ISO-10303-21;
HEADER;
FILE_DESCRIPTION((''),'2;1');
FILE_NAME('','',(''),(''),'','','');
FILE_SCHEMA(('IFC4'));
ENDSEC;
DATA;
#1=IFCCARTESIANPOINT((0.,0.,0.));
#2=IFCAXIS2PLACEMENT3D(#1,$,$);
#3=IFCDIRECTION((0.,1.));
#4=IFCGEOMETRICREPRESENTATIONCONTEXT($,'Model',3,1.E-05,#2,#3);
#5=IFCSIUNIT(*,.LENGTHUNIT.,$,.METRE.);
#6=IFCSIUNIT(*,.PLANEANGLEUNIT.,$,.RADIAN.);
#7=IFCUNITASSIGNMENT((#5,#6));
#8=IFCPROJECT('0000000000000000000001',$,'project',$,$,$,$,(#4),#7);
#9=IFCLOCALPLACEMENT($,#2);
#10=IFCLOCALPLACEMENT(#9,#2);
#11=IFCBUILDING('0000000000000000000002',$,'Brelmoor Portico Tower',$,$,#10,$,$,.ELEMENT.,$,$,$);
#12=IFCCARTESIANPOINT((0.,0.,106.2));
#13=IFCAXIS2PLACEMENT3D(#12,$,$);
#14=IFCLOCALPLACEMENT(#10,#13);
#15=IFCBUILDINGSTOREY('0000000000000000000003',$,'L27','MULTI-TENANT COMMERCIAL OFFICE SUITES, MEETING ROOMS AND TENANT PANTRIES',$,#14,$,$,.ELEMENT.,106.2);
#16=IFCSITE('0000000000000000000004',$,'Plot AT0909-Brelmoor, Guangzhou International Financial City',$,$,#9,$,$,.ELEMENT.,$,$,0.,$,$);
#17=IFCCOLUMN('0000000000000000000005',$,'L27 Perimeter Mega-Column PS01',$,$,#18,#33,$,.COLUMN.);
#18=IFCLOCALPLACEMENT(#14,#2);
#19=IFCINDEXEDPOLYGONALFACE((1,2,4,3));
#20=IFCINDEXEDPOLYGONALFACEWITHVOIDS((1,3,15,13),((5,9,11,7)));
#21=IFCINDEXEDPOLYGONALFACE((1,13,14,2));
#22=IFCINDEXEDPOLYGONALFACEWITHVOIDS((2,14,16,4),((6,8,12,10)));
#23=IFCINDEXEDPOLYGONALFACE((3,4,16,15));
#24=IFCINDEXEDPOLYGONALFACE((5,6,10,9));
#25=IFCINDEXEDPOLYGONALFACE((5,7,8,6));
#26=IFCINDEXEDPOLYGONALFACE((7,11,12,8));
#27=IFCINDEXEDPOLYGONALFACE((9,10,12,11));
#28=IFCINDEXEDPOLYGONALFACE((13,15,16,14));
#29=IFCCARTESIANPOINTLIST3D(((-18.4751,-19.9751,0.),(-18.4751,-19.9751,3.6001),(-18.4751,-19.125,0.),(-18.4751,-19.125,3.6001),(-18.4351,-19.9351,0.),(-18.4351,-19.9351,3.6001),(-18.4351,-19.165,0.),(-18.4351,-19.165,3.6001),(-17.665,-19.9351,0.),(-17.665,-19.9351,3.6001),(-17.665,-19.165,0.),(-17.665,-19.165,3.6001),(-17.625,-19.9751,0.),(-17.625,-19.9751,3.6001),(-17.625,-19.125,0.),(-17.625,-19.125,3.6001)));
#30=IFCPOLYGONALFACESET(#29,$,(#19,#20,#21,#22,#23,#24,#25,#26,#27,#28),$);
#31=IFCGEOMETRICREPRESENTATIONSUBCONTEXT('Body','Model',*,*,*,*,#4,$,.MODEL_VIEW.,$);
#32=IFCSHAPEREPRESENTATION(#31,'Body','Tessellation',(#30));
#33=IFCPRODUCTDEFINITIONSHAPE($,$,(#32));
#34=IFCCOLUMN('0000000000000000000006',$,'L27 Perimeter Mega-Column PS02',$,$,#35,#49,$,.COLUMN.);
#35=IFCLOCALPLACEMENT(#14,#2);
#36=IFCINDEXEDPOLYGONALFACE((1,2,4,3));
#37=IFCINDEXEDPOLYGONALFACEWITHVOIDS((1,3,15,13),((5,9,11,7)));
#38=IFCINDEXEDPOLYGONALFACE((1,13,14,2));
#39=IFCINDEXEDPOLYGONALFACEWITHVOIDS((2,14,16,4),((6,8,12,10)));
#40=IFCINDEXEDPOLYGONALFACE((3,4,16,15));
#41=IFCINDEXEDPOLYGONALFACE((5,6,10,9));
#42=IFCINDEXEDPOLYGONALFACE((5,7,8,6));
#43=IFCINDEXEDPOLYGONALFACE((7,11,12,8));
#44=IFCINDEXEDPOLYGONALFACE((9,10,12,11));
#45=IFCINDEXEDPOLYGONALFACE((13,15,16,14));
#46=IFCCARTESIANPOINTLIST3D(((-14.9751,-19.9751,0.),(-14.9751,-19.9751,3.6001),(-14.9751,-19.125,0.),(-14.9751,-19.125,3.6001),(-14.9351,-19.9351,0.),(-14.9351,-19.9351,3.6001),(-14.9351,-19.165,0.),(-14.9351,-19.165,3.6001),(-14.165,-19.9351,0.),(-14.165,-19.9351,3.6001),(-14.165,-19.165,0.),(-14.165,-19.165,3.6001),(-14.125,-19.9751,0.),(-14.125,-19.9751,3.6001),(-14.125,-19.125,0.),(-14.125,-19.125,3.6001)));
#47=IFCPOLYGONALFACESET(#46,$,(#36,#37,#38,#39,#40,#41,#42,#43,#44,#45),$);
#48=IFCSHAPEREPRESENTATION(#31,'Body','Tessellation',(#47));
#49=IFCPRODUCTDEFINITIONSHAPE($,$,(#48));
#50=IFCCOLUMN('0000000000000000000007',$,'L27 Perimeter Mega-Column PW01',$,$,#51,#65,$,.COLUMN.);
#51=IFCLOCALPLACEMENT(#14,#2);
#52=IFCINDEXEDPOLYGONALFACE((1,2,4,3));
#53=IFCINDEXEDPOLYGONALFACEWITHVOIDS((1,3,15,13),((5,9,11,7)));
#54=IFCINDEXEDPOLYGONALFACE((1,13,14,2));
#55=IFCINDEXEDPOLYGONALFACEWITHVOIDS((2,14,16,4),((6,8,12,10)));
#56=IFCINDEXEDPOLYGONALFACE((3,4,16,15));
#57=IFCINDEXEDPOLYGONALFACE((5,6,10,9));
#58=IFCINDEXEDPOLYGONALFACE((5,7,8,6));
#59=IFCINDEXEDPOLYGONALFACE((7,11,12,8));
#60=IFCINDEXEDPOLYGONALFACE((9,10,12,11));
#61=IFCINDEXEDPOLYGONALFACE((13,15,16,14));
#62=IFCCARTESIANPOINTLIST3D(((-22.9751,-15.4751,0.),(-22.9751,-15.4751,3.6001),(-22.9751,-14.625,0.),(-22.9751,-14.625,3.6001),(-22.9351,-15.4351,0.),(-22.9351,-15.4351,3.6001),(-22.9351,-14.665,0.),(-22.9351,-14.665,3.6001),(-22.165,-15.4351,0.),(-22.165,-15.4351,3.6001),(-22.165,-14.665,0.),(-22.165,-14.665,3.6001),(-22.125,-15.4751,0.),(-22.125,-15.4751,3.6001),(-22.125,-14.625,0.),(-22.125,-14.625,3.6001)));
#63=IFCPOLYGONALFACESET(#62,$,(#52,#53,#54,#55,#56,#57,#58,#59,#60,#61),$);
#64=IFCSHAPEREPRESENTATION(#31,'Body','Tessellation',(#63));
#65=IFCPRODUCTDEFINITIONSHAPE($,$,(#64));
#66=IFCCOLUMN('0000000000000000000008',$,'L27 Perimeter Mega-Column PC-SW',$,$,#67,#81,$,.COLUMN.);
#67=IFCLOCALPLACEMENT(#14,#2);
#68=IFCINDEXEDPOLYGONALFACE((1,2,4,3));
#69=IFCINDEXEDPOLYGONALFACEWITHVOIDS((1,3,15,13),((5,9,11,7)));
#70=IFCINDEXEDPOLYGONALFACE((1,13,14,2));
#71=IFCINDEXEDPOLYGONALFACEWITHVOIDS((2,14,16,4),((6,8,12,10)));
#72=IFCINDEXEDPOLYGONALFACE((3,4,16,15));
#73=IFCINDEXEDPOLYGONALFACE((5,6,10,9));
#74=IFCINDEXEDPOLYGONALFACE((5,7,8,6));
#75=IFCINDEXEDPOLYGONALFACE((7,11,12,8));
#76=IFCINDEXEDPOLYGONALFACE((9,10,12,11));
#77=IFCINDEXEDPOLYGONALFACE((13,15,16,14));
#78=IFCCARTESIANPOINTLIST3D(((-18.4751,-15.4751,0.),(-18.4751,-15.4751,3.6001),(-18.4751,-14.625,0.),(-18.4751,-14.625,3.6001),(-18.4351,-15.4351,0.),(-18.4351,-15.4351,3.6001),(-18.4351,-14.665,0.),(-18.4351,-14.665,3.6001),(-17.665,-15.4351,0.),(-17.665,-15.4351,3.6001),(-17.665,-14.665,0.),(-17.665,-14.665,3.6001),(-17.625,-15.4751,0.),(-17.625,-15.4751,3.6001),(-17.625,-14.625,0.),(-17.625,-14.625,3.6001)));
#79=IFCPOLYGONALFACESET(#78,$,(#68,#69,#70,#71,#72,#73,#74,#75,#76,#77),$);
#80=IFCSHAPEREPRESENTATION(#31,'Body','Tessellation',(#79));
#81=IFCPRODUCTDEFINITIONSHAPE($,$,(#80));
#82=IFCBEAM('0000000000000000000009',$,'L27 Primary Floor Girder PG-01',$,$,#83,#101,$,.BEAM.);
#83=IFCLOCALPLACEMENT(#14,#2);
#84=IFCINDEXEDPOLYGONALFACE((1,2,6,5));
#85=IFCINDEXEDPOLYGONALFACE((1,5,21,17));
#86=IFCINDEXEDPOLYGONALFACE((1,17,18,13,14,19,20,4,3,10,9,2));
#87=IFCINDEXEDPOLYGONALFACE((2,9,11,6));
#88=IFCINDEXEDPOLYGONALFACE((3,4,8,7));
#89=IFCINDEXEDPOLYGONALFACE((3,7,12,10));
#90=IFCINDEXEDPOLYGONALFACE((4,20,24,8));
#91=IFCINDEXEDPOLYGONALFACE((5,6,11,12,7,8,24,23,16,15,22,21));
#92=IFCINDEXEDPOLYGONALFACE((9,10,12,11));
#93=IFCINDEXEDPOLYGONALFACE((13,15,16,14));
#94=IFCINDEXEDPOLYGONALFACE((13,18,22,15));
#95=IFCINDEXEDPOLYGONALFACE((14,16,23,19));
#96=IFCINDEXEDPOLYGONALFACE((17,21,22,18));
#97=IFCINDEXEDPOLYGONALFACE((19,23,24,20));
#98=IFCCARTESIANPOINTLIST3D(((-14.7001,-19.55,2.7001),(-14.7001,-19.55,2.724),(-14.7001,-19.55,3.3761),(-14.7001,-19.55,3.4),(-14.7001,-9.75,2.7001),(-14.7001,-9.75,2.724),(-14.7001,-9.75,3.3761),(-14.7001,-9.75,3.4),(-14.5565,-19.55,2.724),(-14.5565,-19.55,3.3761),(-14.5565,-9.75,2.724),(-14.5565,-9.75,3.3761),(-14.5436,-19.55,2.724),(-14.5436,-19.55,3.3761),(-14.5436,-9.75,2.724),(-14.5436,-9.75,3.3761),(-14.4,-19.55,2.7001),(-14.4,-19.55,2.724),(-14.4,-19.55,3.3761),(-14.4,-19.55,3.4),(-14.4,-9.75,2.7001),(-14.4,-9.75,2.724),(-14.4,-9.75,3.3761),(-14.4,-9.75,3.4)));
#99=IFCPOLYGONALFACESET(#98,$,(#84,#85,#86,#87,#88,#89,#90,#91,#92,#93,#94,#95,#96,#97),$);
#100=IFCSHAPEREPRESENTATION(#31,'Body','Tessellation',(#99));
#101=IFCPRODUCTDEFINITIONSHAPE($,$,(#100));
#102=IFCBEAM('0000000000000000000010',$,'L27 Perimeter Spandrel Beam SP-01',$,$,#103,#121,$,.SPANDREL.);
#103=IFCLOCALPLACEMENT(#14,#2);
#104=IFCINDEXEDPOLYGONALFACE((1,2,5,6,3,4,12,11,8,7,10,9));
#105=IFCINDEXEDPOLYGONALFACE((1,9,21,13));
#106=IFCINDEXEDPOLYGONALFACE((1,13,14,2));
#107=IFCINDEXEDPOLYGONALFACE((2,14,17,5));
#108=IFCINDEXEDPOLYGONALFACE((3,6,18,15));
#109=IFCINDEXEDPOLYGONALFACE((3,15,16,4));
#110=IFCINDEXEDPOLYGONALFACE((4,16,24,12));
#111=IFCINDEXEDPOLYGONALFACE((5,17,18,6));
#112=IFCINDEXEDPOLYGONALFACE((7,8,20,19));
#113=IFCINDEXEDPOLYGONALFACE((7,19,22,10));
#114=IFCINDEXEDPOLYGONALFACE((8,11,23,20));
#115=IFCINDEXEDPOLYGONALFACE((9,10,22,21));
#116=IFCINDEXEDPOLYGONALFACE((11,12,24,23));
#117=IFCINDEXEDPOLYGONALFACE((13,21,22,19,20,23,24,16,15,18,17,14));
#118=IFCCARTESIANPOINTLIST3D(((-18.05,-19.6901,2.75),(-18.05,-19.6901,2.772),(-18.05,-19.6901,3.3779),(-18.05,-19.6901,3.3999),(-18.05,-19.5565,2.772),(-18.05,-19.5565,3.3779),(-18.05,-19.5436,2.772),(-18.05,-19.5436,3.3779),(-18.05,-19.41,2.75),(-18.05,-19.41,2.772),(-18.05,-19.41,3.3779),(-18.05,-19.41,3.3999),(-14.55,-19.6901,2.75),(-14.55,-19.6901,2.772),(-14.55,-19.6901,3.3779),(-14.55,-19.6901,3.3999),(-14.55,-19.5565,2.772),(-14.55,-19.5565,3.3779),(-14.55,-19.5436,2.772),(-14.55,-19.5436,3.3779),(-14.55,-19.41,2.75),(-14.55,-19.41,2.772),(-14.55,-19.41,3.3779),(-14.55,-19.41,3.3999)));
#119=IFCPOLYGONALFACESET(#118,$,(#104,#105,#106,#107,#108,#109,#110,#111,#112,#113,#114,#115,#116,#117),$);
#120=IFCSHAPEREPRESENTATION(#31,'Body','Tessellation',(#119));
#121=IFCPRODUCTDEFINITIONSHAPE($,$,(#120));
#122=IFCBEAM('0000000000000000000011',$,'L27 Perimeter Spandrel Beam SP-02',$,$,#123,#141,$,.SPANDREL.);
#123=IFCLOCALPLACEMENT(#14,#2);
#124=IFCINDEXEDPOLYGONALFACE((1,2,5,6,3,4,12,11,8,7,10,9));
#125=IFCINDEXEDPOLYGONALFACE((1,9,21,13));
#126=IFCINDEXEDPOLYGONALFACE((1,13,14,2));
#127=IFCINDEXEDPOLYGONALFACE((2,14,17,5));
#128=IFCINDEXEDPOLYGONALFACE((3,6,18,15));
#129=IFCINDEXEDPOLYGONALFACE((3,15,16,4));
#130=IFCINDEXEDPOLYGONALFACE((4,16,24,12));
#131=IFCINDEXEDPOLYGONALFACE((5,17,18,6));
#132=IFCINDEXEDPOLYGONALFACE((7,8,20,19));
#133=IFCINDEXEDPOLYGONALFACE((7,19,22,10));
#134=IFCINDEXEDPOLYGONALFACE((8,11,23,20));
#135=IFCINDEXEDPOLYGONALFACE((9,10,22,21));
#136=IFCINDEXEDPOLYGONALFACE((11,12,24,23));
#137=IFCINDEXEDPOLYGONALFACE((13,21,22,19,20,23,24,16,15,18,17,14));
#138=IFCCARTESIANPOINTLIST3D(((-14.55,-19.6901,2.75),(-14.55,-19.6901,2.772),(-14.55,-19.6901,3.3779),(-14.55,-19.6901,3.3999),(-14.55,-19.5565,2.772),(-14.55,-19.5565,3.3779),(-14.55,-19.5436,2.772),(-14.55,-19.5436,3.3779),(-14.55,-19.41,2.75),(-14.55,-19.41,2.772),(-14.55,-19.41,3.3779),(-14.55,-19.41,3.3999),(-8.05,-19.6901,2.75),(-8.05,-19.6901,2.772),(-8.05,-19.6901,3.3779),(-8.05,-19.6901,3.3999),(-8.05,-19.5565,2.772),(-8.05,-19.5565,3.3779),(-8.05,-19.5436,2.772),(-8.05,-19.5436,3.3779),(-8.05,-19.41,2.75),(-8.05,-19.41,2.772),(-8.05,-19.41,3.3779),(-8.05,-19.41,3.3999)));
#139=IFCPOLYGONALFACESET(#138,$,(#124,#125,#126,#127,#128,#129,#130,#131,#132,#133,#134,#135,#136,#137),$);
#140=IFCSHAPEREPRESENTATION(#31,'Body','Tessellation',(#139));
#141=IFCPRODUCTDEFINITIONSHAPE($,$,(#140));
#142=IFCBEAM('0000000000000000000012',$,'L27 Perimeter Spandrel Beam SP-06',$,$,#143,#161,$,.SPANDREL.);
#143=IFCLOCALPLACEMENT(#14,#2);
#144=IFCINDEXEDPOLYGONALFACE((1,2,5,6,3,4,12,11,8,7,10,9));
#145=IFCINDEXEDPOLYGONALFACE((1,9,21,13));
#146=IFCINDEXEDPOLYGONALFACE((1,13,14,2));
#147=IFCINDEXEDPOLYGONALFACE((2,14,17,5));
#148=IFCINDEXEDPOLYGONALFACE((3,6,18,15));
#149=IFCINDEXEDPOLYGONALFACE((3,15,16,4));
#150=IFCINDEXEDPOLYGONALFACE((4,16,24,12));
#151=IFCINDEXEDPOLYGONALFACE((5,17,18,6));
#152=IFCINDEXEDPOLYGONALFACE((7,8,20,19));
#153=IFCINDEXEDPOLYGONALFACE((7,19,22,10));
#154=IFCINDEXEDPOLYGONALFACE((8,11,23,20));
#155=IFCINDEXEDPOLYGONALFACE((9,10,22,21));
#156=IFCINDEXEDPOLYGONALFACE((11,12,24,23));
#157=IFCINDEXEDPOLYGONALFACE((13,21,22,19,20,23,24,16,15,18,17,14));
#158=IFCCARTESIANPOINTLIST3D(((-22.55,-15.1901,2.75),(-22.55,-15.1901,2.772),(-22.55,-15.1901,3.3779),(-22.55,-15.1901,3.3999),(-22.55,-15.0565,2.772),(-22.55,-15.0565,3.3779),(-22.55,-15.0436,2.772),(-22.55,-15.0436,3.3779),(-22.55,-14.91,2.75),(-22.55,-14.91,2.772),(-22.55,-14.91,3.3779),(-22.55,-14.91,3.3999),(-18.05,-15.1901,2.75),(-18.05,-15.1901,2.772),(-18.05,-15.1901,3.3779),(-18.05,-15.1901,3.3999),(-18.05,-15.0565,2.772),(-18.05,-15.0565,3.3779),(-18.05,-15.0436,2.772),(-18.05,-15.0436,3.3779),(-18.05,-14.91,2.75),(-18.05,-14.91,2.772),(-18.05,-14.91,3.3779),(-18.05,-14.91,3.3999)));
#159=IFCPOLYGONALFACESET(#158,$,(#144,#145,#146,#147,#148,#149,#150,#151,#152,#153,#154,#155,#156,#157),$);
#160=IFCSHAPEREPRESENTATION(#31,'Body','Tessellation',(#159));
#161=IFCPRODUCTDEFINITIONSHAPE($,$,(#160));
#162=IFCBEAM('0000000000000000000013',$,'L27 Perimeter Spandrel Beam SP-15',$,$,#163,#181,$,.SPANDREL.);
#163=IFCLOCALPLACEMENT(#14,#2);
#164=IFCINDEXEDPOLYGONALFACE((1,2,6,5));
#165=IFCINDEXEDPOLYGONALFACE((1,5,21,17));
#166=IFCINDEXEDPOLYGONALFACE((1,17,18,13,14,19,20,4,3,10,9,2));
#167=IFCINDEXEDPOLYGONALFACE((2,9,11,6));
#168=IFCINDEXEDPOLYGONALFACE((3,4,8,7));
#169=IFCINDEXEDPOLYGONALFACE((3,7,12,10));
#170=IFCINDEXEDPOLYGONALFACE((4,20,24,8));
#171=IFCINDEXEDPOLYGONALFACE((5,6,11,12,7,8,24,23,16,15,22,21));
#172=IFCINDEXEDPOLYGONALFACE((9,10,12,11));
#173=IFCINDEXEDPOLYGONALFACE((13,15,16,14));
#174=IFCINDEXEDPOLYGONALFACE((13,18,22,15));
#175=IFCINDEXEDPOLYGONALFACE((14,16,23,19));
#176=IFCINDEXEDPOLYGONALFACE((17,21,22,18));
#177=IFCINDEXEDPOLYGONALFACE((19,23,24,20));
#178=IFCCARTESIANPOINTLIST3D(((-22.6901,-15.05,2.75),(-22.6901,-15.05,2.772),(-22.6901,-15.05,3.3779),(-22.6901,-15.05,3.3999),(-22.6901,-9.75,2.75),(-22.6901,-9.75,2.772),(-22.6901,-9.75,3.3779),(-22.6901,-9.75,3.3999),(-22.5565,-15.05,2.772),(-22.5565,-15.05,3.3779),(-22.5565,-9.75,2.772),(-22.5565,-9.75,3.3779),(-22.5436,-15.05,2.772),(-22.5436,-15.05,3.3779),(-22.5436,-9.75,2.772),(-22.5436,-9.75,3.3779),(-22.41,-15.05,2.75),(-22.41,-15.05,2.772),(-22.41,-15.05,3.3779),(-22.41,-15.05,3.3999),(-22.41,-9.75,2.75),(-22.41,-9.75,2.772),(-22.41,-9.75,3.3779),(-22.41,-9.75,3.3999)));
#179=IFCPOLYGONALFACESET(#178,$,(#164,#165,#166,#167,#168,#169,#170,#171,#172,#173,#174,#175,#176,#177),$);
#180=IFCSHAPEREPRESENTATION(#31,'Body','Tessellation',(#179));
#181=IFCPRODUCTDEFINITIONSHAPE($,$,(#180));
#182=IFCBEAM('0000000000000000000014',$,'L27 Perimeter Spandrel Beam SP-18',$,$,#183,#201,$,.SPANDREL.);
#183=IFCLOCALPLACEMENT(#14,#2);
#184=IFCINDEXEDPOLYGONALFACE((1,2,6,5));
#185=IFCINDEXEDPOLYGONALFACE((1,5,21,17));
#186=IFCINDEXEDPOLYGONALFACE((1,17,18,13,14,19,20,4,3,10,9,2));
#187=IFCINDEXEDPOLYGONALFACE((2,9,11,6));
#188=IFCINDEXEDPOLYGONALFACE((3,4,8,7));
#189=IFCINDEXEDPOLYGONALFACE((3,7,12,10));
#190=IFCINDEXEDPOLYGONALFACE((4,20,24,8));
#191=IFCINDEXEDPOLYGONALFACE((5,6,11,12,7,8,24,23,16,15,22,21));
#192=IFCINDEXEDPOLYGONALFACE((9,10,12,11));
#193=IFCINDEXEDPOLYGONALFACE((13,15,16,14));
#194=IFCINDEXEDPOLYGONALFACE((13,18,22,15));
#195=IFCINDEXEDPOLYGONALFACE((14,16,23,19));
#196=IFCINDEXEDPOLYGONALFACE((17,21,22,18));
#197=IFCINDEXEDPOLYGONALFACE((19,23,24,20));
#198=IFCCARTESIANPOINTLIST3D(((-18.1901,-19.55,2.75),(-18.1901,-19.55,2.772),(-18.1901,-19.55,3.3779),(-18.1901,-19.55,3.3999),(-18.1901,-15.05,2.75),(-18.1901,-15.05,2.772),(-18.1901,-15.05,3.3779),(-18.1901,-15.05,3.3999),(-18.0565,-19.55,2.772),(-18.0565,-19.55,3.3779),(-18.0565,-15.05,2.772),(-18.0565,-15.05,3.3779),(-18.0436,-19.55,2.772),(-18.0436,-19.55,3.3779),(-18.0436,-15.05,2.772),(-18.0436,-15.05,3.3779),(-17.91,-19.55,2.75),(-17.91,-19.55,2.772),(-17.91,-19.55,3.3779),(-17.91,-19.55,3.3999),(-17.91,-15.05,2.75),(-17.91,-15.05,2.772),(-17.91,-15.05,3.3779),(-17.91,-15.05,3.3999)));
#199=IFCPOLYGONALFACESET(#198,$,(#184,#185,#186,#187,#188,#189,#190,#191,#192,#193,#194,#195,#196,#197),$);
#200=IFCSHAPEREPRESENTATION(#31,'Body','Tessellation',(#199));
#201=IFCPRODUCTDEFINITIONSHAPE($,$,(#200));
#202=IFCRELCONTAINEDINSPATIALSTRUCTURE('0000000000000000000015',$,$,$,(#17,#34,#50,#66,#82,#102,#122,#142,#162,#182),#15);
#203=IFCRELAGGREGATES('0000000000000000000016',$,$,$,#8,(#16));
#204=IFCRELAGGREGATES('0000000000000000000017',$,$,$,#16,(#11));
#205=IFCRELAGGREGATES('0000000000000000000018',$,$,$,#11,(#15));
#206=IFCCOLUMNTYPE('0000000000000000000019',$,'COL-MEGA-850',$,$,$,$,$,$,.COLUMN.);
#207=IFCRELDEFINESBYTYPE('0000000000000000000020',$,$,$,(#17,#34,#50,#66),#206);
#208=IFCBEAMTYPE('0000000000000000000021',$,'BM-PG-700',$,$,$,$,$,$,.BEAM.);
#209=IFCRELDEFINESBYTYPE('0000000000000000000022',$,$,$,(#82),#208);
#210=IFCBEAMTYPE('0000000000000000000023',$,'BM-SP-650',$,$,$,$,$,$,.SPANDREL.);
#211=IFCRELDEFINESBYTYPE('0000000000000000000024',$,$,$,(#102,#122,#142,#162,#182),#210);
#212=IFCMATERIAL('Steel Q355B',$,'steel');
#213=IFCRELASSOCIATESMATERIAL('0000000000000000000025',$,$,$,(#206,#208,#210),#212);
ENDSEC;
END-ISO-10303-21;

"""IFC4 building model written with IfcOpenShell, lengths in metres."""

from ifc_helpers import new_model, si_unit, direction, frame, origin, origin_2d, place, context, subcontext, project, spatial, hollow_rectangle, i_section, extrude, material, material_profile, profile_set, type_object, element, save


model = new_model("IFC4")

# Units and contexts
model_context = context("Model", 3, precision=1e-05, world=origin(), true_north=direction((0.0, 1.0)))
body_context = subcontext(model_context, "Body", "Model", "MODEL_VIEW")
ifc_project = project(units=[si_unit("LENGTHUNIT", "METRE"), si_unit("PLANEANGLEUNIT", "RADIAN")], contexts=[model_context])

# Site, building, storey
site_placement = place(None, origin())
site = spatial("IfcSite", under=ifc_project, at=site_placement, Name="Plot AT0909-Brelmoor, Guangzhou International Financial City", CompositionType="ELEMENT", RefElevation=0.0)
building_placement = place(site_placement, origin())
building = spatial("IfcBuilding", under=site, at=building_placement, Name="Brelmoor Portico Tower", CompositionType="ELEMENT")
storey_placement = place(building_placement, frame((0.0, 0.0, 106.2)))
storey = spatial("IfcBuildingStorey", under=building, at=storey_placement, Name="L27", Description="MULTI-TENANT COMMERCIAL OFFICE SUITES, MEETING ROOMS AND TENANT PANTRIES", CompositionType="ELEMENT", Elevation=106.2)

# Columns
ifc_material_1 = material(Name="Steel Q355B", Category="steel")
ifc_material_profile_1 = material_profile(ifc_material_1, hollow_rectangle(XDim=0.8501, YDim=0.8501, WallThickness=0.04, at=origin_2d()), Name="BOX 850x850x40")
ifc_profile_set_1 = profile_set([ifc_material_profile_1], Name="Steel Q355B")
column_type = type_object("IfcColumnType", Name="COL-MEGA-850", PredefinedType="COLUMN", material=ifc_profile_set_1)
for number, where, z_axis, x_axis, name in (
    (1, (-18.05, -19.55, 0.0), (0.0, 0.0, 1.0), (1.0, 0.0, 0.0), "L27 Perimeter Mega-Column PS01"),
    (2, (-14.55, -19.55, 0.0), (0.0, 0.0, 1.0), (1.0, 0.0, 0.0), "L27 Perimeter Mega-Column PS02"),
    (3, (-22.55, -15.05, 0.0), (0.0, 0.0, 1.0), (0.0, 1.0, 0.0), "L27 Perimeter Mega-Column PW01"),
    (4, (-18.05, -15.05, 0.0), (0.0, 0.0, 1.0), (1.0, 0.0, 0.0), "L27 Perimeter Mega-Column PC-SW"),
):
    element("IfcColumn", number, at=place(storey_placement, frame(where, z_axis=z_axis, x_axis=x_axis)), inside=storey, type_object=column_type, Name=name, PredefinedType="COLUMN", context=body_context, shape_type="SweptSolid", body=[
        extrude(hollow_rectangle(XDim=0.8501, YDim=0.8501, WallThickness=0.04, at=origin_2d()), origin(), (0.0, 0.0, 1.0), 3.6001),
    ])

# Beams
ifc_material_profile_2 = material_profile(ifc_material_1, i_section(OverallWidth=0.3, OverallDepth=0.7, WebThickness=0.0129, FlangeThickness=0.0239, at=origin_2d()), Name="HN 700x300x13x24")
ifc_profile_set_2 = profile_set([ifc_material_profile_2], Name="Steel Q355B")
beam_type_1 = type_object("IfcBeamType", Name="BM-PG-700", PredefinedType="BEAM", material=ifc_profile_set_2)
beam_1_placement = place(storey_placement, frame((-14.55, -19.55, 3.05), z_axis=(0.0, 1.0, 0.0), x_axis=(-1.0, 0.0, 0.0)))
element("IfcBeam", 5, at=beam_1_placement, inside=storey, type_object=beam_type_1, Name="L27 Primary Floor Girder PG-01", PredefinedType="BEAM", context=body_context, shape_type="SweptSolid", body=[
    extrude(i_section(OverallWidth=0.3, OverallDepth=0.7, WebThickness=0.0129, FlangeThickness=0.0239, at=origin_2d()), origin(), (0.0, 0.0, 1.0), 9.8),
])
ifc_material_profile_3 = material_profile(ifc_material_1, i_section(OverallWidth=0.28, OverallDepth=0.6499, WebThickness=0.0129, FlangeThickness=0.022, at=origin_2d()), Name="HN 650x280x13x22")
ifc_profile_set_3 = profile_set([ifc_material_profile_3], Name="Steel Q355B")
beam_type_2 = type_object("IfcBeamType", Name="BM-SP-650", PredefinedType="SPANDREL", material=ifc_profile_set_3)
beam_2_placement = place(storey_placement, frame((-18.05, -19.55, 3.075), z_axis=(1.0, 0.0, 0.0), x_axis=(0.0, 1.0, 0.0)))
element("IfcBeam", 6, at=beam_2_placement, inside=storey, type_object=beam_type_2, Name="L27 Perimeter Spandrel Beam SP-01", PredefinedType="SPANDREL", context=body_context, shape_type="SweptSolid", body=[
    extrude(i_section(OverallWidth=0.28, OverallDepth=0.6499, WebThickness=0.0129, FlangeThickness=0.022, at=origin_2d()), origin(), (0.0, 0.0, 1.0), 3.5),
])
beam_3_placement = place(storey_placement, frame((-14.55, -19.55, 3.075), z_axis=(1.0, 0.0, 0.0), x_axis=(0.0, 1.0, 0.0)))
element("IfcBeam", 7, at=beam_3_placement, inside=storey, type_object=beam_type_2, Name="L27 Perimeter Spandrel Beam SP-02", PredefinedType="SPANDREL", context=body_context, shape_type="SweptSolid", body=[
    extrude(i_section(OverallWidth=0.28, OverallDepth=0.6499, WebThickness=0.0129, FlangeThickness=0.022, at=origin_2d()), origin(), (0.0, 0.0, 1.0), 6.5),
])
beam_4_placement = place(storey_placement, frame((-22.55, -15.05, 3.075), z_axis=(1.0, 0.0, 0.0), x_axis=(0.0, 1.0, 0.0)))
element("IfcBeam", 8, at=beam_4_placement, inside=storey, type_object=beam_type_2, Name="L27 Perimeter Spandrel Beam SP-06", PredefinedType="SPANDREL", context=body_context, shape_type="SweptSolid", body=[
    extrude(i_section(OverallWidth=0.28, OverallDepth=0.6499, WebThickness=0.0129, FlangeThickness=0.022, at=origin_2d()), origin(), (0.0, 0.0, 1.0), 4.5),
])
beam_5_placement = place(storey_placement, frame((-22.55, -15.05, 3.075), z_axis=(0.0, 1.0, 0.0), x_axis=(-1.0, 0.0, 0.0)))
element("IfcBeam", 9, at=beam_5_placement, inside=storey, type_object=beam_type_2, Name="L27 Perimeter Spandrel Beam SP-15", PredefinedType="SPANDREL", context=body_context, shape_type="SweptSolid", body=[
    extrude(i_section(OverallWidth=0.28, OverallDepth=0.6499, WebThickness=0.0129, FlangeThickness=0.022, at=origin_2d()), origin(), (0.0, 0.0, 1.0), 5.3),
])
beam_6_placement = place(storey_placement, frame((-18.05, -19.55, 3.075), z_axis=(0.0, 1.0, 0.0), x_axis=(-1.0, 0.0, 0.0)))
element("IfcBeam", 10, at=beam_6_placement, inside=storey, type_object=beam_type_2, Name="L27 Perimeter Spandrel Beam SP-18", PredefinedType="SPANDREL", context=body_context, shape_type="SweptSolid", body=[
    extrude(i_section(OverallWidth=0.28, OverallDepth=0.6499, WebThickness=0.0129, FlangeThickness=0.022, at=origin_2d()), origin(), (0.0, 0.0, 1.0), 4.5),
])

save(model, "model.ifc")
